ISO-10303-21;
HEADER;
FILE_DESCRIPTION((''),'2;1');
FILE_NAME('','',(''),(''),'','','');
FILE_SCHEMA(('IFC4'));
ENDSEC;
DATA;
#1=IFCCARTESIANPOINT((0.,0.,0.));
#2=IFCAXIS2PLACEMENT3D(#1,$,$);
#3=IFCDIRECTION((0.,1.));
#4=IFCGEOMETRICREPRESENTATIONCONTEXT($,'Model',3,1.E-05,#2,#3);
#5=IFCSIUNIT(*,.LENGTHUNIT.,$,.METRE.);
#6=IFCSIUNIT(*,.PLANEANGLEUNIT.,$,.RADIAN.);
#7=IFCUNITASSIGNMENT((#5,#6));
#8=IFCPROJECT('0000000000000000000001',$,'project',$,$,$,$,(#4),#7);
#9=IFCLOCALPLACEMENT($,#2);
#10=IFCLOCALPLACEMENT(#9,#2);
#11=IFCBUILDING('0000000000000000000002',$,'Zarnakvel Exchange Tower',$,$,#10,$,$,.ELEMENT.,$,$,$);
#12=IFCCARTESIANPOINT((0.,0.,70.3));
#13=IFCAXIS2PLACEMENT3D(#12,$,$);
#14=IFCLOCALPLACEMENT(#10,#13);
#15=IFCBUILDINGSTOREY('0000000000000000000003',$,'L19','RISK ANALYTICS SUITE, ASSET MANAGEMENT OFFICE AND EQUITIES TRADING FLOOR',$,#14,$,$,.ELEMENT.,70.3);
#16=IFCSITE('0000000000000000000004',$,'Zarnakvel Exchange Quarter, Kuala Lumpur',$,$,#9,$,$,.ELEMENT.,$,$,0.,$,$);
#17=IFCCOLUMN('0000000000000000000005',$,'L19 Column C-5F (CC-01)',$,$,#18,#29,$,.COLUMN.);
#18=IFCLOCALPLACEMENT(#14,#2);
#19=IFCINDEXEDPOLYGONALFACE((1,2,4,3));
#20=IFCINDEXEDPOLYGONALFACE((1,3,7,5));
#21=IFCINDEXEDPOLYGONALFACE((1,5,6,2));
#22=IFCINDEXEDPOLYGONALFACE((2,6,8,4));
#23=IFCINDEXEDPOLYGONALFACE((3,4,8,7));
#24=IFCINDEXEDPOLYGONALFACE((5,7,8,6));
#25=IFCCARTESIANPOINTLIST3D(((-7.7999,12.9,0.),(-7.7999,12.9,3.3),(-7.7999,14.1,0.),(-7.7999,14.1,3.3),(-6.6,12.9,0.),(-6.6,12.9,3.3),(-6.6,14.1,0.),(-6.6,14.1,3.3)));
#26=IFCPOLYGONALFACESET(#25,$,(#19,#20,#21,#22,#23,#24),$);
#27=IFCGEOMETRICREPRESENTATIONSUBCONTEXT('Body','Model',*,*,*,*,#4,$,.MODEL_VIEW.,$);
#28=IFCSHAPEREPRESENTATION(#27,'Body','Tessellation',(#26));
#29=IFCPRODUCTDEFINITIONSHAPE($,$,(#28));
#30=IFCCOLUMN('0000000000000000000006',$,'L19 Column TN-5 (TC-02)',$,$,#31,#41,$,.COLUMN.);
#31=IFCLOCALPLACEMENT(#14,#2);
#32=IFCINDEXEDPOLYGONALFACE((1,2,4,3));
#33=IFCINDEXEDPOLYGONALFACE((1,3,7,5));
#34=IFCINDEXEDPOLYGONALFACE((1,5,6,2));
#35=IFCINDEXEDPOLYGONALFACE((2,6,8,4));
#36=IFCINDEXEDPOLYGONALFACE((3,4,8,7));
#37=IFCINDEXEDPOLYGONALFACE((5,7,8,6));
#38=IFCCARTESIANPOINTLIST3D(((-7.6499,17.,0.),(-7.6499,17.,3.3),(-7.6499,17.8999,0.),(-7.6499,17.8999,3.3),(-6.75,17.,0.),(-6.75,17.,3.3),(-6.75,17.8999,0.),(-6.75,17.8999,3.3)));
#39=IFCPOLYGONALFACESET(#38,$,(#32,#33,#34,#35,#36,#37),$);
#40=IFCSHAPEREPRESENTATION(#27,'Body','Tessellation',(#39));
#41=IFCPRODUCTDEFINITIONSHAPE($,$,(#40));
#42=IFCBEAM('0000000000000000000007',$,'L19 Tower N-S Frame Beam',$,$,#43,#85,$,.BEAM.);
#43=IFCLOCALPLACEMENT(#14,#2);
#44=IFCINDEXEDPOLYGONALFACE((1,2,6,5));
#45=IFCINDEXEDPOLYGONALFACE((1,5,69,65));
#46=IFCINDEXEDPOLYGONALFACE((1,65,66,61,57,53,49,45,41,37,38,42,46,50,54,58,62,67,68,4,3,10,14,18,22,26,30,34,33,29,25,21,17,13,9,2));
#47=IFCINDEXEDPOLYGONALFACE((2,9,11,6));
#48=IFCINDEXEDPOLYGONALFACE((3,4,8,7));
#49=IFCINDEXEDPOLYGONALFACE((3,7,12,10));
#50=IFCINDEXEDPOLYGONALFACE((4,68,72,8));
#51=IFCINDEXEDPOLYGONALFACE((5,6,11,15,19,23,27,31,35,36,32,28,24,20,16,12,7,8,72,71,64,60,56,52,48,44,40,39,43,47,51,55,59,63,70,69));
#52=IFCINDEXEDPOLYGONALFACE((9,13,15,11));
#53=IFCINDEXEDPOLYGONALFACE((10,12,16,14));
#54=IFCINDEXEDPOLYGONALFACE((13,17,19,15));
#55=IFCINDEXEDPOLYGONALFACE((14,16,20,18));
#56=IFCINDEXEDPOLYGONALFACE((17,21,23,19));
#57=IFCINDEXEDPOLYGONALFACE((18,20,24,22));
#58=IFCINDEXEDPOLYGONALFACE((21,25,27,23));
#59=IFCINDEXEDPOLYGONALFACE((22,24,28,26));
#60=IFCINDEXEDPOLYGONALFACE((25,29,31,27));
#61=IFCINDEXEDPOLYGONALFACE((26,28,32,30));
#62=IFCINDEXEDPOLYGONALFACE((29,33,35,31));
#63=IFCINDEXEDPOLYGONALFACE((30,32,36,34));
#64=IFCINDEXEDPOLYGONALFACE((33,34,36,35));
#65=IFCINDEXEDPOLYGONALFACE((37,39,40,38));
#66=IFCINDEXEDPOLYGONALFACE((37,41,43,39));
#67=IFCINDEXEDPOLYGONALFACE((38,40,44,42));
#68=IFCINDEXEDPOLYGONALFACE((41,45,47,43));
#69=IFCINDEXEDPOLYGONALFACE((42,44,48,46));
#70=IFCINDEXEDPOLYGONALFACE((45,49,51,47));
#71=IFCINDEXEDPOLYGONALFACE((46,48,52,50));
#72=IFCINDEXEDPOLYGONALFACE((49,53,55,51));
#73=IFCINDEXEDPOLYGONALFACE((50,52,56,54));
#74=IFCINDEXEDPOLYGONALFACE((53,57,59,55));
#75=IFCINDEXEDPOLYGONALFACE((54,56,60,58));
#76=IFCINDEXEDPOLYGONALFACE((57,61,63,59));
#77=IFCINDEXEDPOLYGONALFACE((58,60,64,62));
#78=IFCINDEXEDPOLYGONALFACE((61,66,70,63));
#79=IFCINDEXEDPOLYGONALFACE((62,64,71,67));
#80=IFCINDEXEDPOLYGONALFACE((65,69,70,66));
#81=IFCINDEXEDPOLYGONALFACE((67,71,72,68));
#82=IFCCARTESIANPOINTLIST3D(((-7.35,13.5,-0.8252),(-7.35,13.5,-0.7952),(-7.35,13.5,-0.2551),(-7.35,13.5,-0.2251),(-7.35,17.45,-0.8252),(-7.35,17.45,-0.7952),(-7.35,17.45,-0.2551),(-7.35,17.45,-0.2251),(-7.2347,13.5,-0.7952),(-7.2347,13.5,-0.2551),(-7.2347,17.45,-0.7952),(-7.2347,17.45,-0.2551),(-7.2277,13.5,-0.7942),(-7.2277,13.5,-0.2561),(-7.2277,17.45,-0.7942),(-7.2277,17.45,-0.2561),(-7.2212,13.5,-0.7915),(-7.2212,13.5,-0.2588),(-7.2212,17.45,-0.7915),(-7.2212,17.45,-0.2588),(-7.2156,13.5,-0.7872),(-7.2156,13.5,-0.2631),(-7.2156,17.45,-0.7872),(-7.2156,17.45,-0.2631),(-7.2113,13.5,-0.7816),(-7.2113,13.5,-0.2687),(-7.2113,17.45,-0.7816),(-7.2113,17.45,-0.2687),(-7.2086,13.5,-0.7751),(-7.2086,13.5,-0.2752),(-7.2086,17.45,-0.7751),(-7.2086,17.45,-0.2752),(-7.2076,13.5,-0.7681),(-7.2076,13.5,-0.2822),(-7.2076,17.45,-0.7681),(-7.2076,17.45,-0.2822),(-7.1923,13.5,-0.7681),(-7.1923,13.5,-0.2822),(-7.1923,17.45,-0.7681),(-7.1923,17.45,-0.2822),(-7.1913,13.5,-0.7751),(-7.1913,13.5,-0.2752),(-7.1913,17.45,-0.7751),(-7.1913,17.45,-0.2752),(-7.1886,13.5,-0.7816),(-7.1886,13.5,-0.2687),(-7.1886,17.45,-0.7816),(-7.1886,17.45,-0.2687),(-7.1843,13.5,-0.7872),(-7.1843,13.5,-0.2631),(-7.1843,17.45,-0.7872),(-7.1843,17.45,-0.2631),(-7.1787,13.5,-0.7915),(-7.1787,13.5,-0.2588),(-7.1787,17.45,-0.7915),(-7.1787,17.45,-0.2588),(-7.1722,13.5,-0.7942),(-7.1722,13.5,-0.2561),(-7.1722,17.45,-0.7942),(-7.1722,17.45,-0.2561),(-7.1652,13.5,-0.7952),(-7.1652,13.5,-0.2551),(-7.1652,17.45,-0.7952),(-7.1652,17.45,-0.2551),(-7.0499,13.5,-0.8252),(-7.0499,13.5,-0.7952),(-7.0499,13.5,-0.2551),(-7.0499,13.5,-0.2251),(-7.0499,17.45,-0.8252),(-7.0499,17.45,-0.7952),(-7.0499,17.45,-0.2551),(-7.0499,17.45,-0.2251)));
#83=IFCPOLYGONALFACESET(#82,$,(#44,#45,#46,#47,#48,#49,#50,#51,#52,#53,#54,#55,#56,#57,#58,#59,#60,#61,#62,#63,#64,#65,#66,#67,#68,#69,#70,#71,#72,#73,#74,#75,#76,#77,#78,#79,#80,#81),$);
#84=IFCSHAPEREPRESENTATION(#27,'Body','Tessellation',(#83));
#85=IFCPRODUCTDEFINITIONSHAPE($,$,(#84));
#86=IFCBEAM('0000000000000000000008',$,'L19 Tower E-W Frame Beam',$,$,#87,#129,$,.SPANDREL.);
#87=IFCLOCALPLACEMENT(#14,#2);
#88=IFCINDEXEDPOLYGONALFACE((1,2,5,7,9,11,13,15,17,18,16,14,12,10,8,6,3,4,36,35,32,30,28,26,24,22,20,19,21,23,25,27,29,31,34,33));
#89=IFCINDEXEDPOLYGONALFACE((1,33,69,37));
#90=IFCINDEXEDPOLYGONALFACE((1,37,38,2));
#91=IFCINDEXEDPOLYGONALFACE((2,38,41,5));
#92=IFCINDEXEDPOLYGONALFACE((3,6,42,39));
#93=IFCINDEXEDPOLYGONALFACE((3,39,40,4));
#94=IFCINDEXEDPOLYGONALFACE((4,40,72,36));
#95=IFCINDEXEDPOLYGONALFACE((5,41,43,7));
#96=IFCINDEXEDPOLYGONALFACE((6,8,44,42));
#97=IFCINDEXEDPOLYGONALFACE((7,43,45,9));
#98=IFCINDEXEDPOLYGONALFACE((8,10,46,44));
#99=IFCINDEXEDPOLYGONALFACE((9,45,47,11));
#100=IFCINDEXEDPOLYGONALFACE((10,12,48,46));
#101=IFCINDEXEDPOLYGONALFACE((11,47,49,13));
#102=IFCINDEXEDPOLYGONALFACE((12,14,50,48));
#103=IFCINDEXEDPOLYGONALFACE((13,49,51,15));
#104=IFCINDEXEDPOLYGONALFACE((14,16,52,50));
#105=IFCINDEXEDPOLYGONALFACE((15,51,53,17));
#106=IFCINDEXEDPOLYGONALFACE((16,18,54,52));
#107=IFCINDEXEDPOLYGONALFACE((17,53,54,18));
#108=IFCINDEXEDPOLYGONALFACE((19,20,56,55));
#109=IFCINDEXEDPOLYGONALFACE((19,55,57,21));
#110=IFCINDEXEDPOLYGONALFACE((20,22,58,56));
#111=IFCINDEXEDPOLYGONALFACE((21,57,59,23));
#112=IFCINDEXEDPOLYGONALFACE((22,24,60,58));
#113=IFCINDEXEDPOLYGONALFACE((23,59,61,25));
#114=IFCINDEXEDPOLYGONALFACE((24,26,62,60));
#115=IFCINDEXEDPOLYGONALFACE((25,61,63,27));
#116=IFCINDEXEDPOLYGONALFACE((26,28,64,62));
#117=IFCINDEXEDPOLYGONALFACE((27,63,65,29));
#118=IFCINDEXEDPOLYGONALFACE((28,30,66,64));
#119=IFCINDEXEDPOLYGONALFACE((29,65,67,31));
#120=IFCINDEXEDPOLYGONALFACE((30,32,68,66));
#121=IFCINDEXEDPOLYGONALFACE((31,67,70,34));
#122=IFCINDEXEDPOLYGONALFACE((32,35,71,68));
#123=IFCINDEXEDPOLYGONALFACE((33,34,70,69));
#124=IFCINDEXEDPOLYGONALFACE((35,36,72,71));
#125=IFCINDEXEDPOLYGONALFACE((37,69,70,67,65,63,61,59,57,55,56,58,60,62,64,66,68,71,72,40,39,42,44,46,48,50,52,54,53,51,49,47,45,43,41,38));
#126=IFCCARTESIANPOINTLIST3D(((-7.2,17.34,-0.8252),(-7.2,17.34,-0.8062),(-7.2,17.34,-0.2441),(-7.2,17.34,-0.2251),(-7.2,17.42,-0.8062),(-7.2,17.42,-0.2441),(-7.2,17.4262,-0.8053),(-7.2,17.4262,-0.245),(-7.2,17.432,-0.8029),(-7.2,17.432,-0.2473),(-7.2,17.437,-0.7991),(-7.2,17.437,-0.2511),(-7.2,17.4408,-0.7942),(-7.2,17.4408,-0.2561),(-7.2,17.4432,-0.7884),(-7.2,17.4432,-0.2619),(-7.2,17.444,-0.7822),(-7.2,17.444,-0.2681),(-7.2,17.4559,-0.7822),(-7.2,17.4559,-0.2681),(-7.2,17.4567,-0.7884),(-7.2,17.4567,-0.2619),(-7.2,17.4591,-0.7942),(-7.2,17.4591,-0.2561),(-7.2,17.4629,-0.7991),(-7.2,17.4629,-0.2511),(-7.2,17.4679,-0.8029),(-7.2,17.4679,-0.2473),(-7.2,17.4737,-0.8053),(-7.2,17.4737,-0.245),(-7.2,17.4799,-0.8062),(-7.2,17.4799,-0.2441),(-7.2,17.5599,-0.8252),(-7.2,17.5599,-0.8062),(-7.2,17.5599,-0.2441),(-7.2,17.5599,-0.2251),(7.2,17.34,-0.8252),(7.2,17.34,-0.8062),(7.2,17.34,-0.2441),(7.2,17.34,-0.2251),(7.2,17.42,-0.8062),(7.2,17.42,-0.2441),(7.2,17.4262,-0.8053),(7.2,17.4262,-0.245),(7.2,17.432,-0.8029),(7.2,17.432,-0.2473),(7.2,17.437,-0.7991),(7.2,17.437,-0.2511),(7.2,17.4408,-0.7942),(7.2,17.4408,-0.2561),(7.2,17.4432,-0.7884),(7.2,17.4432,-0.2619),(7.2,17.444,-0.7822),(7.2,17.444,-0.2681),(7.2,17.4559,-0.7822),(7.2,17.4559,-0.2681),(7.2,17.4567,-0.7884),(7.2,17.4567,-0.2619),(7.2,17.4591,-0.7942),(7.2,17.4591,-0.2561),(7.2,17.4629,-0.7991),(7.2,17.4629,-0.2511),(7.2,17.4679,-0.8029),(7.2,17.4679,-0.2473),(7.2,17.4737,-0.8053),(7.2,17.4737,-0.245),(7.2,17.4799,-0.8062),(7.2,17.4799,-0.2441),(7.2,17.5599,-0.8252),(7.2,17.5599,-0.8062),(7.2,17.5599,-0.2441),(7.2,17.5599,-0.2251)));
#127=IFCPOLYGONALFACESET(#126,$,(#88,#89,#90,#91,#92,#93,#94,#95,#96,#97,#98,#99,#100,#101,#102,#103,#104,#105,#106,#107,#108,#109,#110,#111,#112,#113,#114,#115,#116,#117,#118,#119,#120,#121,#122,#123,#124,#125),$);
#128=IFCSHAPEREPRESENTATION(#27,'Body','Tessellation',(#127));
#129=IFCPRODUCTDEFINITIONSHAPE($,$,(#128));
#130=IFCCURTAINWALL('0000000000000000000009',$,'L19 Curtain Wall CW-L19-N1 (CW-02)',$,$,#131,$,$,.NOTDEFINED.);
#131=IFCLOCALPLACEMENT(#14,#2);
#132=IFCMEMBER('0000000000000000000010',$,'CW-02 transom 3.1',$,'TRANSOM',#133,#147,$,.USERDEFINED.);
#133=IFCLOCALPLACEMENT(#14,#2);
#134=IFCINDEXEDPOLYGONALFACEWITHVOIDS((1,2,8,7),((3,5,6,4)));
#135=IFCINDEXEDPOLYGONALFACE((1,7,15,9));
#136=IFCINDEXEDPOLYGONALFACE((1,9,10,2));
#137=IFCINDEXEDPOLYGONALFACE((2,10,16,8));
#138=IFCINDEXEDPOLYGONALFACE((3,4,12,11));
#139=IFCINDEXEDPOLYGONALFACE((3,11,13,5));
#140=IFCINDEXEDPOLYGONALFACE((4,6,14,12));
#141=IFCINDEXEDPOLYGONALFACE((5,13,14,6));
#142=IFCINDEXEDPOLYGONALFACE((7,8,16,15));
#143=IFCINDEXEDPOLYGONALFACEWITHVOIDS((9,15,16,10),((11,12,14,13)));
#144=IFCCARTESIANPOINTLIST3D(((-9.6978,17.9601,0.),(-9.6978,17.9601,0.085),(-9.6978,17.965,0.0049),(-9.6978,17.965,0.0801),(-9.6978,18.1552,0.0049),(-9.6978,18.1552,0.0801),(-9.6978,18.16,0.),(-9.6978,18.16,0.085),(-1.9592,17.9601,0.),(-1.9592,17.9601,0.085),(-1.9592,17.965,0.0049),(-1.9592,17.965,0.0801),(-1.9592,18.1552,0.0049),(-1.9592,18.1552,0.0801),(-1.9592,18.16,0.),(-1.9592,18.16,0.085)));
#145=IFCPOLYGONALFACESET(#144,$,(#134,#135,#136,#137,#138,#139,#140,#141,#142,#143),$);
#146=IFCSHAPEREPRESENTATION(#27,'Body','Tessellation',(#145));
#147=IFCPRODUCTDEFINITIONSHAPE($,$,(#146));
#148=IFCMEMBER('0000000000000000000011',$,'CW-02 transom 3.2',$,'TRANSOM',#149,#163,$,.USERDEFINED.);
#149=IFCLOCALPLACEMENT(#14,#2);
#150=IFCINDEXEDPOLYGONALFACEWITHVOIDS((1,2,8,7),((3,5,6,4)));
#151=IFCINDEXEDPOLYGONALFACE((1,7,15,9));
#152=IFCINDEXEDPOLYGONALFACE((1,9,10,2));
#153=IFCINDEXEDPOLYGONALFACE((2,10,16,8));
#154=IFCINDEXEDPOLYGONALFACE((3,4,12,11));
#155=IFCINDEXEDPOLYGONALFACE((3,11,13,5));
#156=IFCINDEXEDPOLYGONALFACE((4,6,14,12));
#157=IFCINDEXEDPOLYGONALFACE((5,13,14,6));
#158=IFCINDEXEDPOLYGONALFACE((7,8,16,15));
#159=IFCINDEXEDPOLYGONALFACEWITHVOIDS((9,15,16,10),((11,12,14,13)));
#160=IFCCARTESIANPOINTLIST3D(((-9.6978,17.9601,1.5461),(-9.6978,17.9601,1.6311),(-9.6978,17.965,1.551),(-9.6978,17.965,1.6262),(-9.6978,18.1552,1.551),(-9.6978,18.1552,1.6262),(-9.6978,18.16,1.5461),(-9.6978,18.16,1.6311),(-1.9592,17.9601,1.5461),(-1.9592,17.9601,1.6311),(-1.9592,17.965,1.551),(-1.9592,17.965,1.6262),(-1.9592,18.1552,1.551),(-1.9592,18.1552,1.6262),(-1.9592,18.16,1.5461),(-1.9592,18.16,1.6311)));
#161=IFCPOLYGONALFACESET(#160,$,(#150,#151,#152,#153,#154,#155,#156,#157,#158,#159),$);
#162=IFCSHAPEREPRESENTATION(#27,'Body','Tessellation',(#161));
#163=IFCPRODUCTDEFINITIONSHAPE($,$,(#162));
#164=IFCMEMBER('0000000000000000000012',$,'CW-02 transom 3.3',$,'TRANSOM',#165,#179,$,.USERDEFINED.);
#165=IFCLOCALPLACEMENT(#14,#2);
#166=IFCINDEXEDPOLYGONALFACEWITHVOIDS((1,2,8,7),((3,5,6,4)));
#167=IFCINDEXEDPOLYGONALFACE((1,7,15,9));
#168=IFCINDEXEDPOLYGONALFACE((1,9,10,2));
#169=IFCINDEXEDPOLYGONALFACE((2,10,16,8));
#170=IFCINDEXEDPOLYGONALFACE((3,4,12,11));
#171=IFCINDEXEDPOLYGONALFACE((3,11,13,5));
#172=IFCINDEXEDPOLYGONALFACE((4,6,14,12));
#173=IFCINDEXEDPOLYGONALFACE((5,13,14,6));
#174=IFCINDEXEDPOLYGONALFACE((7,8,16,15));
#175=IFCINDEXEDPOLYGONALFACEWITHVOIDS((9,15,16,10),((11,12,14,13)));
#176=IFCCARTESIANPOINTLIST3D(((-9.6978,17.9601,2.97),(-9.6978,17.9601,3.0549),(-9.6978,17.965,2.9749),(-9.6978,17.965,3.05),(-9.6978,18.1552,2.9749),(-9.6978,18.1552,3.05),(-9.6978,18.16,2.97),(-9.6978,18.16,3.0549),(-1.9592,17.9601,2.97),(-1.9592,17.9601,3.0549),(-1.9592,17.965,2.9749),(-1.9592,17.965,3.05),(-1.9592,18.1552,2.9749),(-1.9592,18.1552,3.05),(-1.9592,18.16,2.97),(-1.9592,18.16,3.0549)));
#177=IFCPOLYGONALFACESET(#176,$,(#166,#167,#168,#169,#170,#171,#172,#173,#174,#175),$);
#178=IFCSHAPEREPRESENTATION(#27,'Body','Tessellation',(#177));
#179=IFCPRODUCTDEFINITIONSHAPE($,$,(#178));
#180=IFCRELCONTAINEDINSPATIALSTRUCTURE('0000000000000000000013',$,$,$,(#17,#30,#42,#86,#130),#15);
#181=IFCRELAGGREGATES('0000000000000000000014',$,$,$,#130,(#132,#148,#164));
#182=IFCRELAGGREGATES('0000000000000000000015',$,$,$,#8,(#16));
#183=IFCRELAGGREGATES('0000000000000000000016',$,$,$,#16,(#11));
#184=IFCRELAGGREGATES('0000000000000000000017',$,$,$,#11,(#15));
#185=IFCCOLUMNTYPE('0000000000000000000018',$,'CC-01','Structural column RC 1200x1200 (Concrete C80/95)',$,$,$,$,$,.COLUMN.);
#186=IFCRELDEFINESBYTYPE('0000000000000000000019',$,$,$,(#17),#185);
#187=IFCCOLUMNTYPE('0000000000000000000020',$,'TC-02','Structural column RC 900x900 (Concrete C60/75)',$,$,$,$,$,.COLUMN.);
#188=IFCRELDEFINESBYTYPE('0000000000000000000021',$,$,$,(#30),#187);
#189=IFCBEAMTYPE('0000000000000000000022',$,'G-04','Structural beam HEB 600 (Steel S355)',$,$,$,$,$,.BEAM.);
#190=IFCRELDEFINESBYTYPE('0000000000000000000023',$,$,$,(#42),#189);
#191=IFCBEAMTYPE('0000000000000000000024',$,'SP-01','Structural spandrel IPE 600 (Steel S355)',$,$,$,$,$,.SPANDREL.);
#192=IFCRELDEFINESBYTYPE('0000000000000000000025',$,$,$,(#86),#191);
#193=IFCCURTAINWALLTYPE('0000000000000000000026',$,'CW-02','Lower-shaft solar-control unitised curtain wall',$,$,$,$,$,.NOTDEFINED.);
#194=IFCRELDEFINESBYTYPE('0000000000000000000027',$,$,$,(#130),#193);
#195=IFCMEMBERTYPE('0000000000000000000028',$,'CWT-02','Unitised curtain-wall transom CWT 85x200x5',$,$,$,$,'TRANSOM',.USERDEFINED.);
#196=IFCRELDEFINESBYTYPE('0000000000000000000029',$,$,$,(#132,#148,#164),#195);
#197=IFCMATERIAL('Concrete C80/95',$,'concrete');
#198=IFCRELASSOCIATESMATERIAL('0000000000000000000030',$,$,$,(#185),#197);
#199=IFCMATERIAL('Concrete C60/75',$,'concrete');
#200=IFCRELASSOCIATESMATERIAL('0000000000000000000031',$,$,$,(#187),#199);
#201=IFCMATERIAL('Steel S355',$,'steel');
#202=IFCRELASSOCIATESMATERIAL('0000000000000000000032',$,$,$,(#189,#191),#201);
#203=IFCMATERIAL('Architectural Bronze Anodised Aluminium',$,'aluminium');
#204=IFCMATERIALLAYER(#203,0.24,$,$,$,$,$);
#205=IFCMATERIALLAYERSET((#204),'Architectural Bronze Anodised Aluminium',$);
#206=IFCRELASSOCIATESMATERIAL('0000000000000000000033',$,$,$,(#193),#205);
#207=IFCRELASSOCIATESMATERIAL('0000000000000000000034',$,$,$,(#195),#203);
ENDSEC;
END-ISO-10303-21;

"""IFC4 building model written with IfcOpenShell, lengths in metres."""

from ifc_helpers import new_model, si_unit, direction, frame, origin, origin_2d, place, context, subcontext, project, spatial, rectangle, hollow_rectangle, i_section, extrude, source, transform, mapped, material, layer, layer_set, material_profile, profile_set, type_object, element, aggregate, save


model = new_model("IFC4")

# Units and contexts
model_context = context("Model", 3, precision=1e-05, world=origin(), true_north=direction((0.0, 1.0)))
body_context = subcontext(model_context, "Body", "Model", "MODEL_VIEW")
ifc_project = project(units=[si_unit("LENGTHUNIT", "METRE"), si_unit("PLANEANGLEUNIT", "RADIAN")], contexts=[model_context])

# Site, building, storey
site_placement = place(None, origin())
site = spatial("IfcSite", under=ifc_project, at=site_placement, Name="Zarnakvel Exchange Quarter, Kuala Lumpur", CompositionType="ELEMENT", RefElevation=0.0)
building_placement = place(site_placement, origin())
building = spatial("IfcBuilding", under=site, at=building_placement, Name="Zarnakvel Exchange Tower", CompositionType="ELEMENT")
storey_placement = place(building_placement, frame((0.0, 0.0, 70.3)))
storey = spatial("IfcBuildingStorey", under=building, at=storey_placement, Name="L19", Description="RISK ANALYTICS SUITE, ASSET MANAGEMENT OFFICE AND EQUITIES TRADING FLOOR", CompositionType="ELEMENT", Elevation=70.3)

# Columns
ifc_material_1 = material(Name="Concrete C80/95", Category="concrete")
ifc_material_profile_1 = material_profile(ifc_material_1, rectangle(XDim=1.2, YDim=1.2, at=origin_2d()))
ifc_profile_set_1 = profile_set([ifc_material_profile_1], Name="Concrete C80/95")
column_type_1 = type_object("IfcColumnType", Name="CC-01", Description="Structural column RC 1200x1200 (Concrete C80/95)", PredefinedType="COLUMN", material=ifc_profile_set_1)
column_1_placement = place(storey_placement, frame((-7.2, 13.5, 0.0), z_axis=(0.0, 0.0, 1.0), x_axis=(1.0, 0.0, 0.0)))
element("IfcColumn", 1, at=column_1_placement, inside=storey, type_object=column_type_1, Name="L19 Column C-5F (CC-01)", PredefinedType="COLUMN", context=body_context, shape_type="SweptSolid", body=[
    extrude(rectangle(XDim=1.2, YDim=1.2, at=origin_2d()), origin(), (0.0, 0.0, 1.0), 3.3),
])
ifc_material_2 = material(Name="Concrete C60/75", Category="concrete")
ifc_material_profile_2 = material_profile(ifc_material_2, rectangle(XDim=0.8999, YDim=0.8999, at=origin_2d()))
ifc_profile_set_2 = profile_set([ifc_material_profile_2], Name="Concrete C60/75")
column_type_2 = type_object("IfcColumnType", Name="TC-02", Description="Structural column RC 900x900 (Concrete C60/75)", PredefinedType="COLUMN", material=ifc_profile_set_2)
column_2_placement = place(storey_placement, frame((-7.2, 17.45, 0.0), z_axis=(0.0, 0.0, 1.0), x_axis=(1.0, 0.0, 0.0)))
element("IfcColumn", 2, at=column_2_placement, inside=storey, type_object=column_type_2, Name="L19 Column TN-5 (TC-02)", PredefinedType="COLUMN", context=body_context, shape_type="SweptSolid", body=[
    extrude(rectangle(XDim=0.8999, YDim=0.8999, at=origin_2d()), origin(), (0.0, 0.0, 1.0), 3.3),
])

# Beams
ifc_material_3 = material(Name="Steel S355", Category="steel")
ifc_material_profile_3 = material_profile(ifc_material_3, i_section(OverallWidth=0.3, OverallDepth=0.6001, WebThickness=0.0154, FlangeThickness=0.03, FilletRadius=0.0271, at=origin_2d()))
ifc_profile_set_3 = profile_set([ifc_material_profile_3], Name="Steel S355")
beam_type_1 = type_object("IfcBeamType", Name="G-04", Description="Structural beam HEB 600 (Steel S355)", PredefinedType="BEAM", material=ifc_profile_set_3)
beam_1_placement = place(storey_placement, frame((-7.2, 13.5, -0.5251), z_axis=(0.0, 1.0, 0.0), x_axis=(-1.0, 0.0, 0.0)))
element("IfcBeam", 3, at=beam_1_placement, inside=storey, type_object=beam_type_1, Name="L19 Tower N-S Frame Beam", PredefinedType="BEAM", context=body_context, shape_type="SweptSolid", body=[
    extrude(i_section(OverallWidth=0.3, OverallDepth=0.6001, WebThickness=0.0154, FlangeThickness=0.03, FilletRadius=0.0271, at=origin_2d()), origin(), (0.0, 0.0, 1.0), 3.95),
])
ifc_material_profile_4 = material_profile(ifc_material_3, i_section(OverallWidth=0.22, OverallDepth=0.6001, WebThickness=0.012, FlangeThickness=0.019, FilletRadius=0.0239, at=origin_2d()))
ifc_profile_set_4 = profile_set([ifc_material_profile_4], Name="Steel S355")
beam_type_2 = type_object("IfcBeamType", Name="SP-01", Description="Structural spandrel IPE 600 (Steel S355)", PredefinedType="SPANDREL", material=ifc_profile_set_4)
beam_2_placement = place(storey_placement, frame((-7.2, 17.45, -0.5251), z_axis=(1.0, 0.0, 0.0), x_axis=(0.0, 1.0, 0.0)))
element("IfcBeam", 4, at=beam_2_placement, inside=storey, type_object=beam_type_2, Name="L19 Tower E-W Frame Beam", PredefinedType="SPANDREL", context=body_context, shape_type="SweptSolid", body=[
    extrude(i_section(OverallWidth=0.22, OverallDepth=0.6001, WebThickness=0.012, FlangeThickness=0.019, FilletRadius=0.0239, at=origin_2d()), origin(), (0.0, 0.0, 1.0), 14.3999),
])

# Curtain wall, members
ifc_material_4 = material(Name="Architectural Bronze Anodised Aluminium", Category="aluminium")
ifc_layer_1 = layer(ifc_material_4, 0.24)
ifc_layer_set_1 = layer_set([ifc_layer_1], Name="Architectural Bronze Anodised Aluminium")
curtain_wall_type = type_object("IfcCurtainWallType", Name="CW-02", Description="Lower-shaft solar-control unitised curtain wall", PredefinedType="NOTDEFINED", material=ifc_layer_set_1)
curtain_wall_placement = place(storey_placement, origin())
curtain_wall = element("IfcCurtainWall", 5, at=curtain_wall_placement, inside=storey, type_object=curtain_wall_type, Name="L19 Curtain Wall CW-L19-N1 (CW-02)", PredefinedType="NOTDEFINED")
ifc_material_profile_5 = material_profile(ifc_material_4, hollow_rectangle(XDim=0.2, YDim=0.085, WallThickness=0.0049, at=origin_2d()))
ifc_profile_set_5 = profile_set([ifc_material_profile_5], Name="Architectural Bronze Anodised Aluminium")
member_type_1 = type_object("IfcMemberType", Name="CWT-02", Description="Unitised curtain-wall transom CWT 85x200x5", ElementType="TRANSOM", PredefinedType="USERDEFINED", material=ifc_profile_set_5)
shared_shape_1 = source(origin(), body_context, "Body", "SweptSolid", [
    extrude(hollow_rectangle(XDim=0.2, YDim=0.085, WallThickness=0.0049, at=origin_2d()), origin(), (0.0, 0.0, 1.0), 7.7385),
])
member_1_placement = place(storey_placement, frame((-9.6978, 18.0601, 0.0425), z_axis=(1.0, 0.0, 0.0), x_axis=(0.0, 1.0, 0.0)))
member_1 = element("IfcMember", 6, at=member_1_placement, type_object=member_type_1, Name="CW-02 transom 3.1", ObjectType="TRANSOM", PredefinedType="USERDEFINED", context=body_context, shape_type="MappedRepresentation", body=[
    mapped(shared_shape_1, transform((0.0, 0.0, 0.0), x_axis=(1.0, 0.0, 0.0), y_axis=(0.0, 1.0, 0.0), z_axis=(0.0, 0.0, 1.0), scale=1.0)),
])
member_2_placement = place(storey_placement, frame((-9.6978, 18.0601, 1.5886), z_axis=(1.0, 0.0, 0.0), x_axis=(0.0, 1.0, 0.0)))
member_2 = element("IfcMember", 7, at=member_2_placement, type_object=member_type_1, Name="CW-02 transom 3.2", ObjectType="TRANSOM", PredefinedType="USERDEFINED", context=body_context, shape_type="MappedRepresentation", body=[
    mapped(shared_shape_1, transform((0.0, 0.0, 0.0), x_axis=(1.0, 0.0, 0.0), y_axis=(0.0, 1.0, 0.0), z_axis=(0.0, 0.0, 1.0), scale=1.0)),
])
member_3_placement = place(storey_placement, frame((-9.6978, 18.0601, 3.0125), z_axis=(1.0, 0.0, 0.0), x_axis=(0.0, 1.0, 0.0)))
member_3 = element("IfcMember", 8, at=member_3_placement, type_object=member_type_1, Name="CW-02 transom 3.3", ObjectType="TRANSOM", PredefinedType="USERDEFINED", context=body_context, shape_type="MappedRepresentation", body=[
    mapped(shared_shape_1, transform((0.0, 0.0, 0.0), x_axis=(1.0, 0.0, 0.0), y_axis=(0.0, 1.0, 0.0), z_axis=(0.0, 0.0, 1.0), scale=1.0)),
])
aggregate(curtain_wall, [member_1, member_2, member_3])

save(model, "model.ifc")
